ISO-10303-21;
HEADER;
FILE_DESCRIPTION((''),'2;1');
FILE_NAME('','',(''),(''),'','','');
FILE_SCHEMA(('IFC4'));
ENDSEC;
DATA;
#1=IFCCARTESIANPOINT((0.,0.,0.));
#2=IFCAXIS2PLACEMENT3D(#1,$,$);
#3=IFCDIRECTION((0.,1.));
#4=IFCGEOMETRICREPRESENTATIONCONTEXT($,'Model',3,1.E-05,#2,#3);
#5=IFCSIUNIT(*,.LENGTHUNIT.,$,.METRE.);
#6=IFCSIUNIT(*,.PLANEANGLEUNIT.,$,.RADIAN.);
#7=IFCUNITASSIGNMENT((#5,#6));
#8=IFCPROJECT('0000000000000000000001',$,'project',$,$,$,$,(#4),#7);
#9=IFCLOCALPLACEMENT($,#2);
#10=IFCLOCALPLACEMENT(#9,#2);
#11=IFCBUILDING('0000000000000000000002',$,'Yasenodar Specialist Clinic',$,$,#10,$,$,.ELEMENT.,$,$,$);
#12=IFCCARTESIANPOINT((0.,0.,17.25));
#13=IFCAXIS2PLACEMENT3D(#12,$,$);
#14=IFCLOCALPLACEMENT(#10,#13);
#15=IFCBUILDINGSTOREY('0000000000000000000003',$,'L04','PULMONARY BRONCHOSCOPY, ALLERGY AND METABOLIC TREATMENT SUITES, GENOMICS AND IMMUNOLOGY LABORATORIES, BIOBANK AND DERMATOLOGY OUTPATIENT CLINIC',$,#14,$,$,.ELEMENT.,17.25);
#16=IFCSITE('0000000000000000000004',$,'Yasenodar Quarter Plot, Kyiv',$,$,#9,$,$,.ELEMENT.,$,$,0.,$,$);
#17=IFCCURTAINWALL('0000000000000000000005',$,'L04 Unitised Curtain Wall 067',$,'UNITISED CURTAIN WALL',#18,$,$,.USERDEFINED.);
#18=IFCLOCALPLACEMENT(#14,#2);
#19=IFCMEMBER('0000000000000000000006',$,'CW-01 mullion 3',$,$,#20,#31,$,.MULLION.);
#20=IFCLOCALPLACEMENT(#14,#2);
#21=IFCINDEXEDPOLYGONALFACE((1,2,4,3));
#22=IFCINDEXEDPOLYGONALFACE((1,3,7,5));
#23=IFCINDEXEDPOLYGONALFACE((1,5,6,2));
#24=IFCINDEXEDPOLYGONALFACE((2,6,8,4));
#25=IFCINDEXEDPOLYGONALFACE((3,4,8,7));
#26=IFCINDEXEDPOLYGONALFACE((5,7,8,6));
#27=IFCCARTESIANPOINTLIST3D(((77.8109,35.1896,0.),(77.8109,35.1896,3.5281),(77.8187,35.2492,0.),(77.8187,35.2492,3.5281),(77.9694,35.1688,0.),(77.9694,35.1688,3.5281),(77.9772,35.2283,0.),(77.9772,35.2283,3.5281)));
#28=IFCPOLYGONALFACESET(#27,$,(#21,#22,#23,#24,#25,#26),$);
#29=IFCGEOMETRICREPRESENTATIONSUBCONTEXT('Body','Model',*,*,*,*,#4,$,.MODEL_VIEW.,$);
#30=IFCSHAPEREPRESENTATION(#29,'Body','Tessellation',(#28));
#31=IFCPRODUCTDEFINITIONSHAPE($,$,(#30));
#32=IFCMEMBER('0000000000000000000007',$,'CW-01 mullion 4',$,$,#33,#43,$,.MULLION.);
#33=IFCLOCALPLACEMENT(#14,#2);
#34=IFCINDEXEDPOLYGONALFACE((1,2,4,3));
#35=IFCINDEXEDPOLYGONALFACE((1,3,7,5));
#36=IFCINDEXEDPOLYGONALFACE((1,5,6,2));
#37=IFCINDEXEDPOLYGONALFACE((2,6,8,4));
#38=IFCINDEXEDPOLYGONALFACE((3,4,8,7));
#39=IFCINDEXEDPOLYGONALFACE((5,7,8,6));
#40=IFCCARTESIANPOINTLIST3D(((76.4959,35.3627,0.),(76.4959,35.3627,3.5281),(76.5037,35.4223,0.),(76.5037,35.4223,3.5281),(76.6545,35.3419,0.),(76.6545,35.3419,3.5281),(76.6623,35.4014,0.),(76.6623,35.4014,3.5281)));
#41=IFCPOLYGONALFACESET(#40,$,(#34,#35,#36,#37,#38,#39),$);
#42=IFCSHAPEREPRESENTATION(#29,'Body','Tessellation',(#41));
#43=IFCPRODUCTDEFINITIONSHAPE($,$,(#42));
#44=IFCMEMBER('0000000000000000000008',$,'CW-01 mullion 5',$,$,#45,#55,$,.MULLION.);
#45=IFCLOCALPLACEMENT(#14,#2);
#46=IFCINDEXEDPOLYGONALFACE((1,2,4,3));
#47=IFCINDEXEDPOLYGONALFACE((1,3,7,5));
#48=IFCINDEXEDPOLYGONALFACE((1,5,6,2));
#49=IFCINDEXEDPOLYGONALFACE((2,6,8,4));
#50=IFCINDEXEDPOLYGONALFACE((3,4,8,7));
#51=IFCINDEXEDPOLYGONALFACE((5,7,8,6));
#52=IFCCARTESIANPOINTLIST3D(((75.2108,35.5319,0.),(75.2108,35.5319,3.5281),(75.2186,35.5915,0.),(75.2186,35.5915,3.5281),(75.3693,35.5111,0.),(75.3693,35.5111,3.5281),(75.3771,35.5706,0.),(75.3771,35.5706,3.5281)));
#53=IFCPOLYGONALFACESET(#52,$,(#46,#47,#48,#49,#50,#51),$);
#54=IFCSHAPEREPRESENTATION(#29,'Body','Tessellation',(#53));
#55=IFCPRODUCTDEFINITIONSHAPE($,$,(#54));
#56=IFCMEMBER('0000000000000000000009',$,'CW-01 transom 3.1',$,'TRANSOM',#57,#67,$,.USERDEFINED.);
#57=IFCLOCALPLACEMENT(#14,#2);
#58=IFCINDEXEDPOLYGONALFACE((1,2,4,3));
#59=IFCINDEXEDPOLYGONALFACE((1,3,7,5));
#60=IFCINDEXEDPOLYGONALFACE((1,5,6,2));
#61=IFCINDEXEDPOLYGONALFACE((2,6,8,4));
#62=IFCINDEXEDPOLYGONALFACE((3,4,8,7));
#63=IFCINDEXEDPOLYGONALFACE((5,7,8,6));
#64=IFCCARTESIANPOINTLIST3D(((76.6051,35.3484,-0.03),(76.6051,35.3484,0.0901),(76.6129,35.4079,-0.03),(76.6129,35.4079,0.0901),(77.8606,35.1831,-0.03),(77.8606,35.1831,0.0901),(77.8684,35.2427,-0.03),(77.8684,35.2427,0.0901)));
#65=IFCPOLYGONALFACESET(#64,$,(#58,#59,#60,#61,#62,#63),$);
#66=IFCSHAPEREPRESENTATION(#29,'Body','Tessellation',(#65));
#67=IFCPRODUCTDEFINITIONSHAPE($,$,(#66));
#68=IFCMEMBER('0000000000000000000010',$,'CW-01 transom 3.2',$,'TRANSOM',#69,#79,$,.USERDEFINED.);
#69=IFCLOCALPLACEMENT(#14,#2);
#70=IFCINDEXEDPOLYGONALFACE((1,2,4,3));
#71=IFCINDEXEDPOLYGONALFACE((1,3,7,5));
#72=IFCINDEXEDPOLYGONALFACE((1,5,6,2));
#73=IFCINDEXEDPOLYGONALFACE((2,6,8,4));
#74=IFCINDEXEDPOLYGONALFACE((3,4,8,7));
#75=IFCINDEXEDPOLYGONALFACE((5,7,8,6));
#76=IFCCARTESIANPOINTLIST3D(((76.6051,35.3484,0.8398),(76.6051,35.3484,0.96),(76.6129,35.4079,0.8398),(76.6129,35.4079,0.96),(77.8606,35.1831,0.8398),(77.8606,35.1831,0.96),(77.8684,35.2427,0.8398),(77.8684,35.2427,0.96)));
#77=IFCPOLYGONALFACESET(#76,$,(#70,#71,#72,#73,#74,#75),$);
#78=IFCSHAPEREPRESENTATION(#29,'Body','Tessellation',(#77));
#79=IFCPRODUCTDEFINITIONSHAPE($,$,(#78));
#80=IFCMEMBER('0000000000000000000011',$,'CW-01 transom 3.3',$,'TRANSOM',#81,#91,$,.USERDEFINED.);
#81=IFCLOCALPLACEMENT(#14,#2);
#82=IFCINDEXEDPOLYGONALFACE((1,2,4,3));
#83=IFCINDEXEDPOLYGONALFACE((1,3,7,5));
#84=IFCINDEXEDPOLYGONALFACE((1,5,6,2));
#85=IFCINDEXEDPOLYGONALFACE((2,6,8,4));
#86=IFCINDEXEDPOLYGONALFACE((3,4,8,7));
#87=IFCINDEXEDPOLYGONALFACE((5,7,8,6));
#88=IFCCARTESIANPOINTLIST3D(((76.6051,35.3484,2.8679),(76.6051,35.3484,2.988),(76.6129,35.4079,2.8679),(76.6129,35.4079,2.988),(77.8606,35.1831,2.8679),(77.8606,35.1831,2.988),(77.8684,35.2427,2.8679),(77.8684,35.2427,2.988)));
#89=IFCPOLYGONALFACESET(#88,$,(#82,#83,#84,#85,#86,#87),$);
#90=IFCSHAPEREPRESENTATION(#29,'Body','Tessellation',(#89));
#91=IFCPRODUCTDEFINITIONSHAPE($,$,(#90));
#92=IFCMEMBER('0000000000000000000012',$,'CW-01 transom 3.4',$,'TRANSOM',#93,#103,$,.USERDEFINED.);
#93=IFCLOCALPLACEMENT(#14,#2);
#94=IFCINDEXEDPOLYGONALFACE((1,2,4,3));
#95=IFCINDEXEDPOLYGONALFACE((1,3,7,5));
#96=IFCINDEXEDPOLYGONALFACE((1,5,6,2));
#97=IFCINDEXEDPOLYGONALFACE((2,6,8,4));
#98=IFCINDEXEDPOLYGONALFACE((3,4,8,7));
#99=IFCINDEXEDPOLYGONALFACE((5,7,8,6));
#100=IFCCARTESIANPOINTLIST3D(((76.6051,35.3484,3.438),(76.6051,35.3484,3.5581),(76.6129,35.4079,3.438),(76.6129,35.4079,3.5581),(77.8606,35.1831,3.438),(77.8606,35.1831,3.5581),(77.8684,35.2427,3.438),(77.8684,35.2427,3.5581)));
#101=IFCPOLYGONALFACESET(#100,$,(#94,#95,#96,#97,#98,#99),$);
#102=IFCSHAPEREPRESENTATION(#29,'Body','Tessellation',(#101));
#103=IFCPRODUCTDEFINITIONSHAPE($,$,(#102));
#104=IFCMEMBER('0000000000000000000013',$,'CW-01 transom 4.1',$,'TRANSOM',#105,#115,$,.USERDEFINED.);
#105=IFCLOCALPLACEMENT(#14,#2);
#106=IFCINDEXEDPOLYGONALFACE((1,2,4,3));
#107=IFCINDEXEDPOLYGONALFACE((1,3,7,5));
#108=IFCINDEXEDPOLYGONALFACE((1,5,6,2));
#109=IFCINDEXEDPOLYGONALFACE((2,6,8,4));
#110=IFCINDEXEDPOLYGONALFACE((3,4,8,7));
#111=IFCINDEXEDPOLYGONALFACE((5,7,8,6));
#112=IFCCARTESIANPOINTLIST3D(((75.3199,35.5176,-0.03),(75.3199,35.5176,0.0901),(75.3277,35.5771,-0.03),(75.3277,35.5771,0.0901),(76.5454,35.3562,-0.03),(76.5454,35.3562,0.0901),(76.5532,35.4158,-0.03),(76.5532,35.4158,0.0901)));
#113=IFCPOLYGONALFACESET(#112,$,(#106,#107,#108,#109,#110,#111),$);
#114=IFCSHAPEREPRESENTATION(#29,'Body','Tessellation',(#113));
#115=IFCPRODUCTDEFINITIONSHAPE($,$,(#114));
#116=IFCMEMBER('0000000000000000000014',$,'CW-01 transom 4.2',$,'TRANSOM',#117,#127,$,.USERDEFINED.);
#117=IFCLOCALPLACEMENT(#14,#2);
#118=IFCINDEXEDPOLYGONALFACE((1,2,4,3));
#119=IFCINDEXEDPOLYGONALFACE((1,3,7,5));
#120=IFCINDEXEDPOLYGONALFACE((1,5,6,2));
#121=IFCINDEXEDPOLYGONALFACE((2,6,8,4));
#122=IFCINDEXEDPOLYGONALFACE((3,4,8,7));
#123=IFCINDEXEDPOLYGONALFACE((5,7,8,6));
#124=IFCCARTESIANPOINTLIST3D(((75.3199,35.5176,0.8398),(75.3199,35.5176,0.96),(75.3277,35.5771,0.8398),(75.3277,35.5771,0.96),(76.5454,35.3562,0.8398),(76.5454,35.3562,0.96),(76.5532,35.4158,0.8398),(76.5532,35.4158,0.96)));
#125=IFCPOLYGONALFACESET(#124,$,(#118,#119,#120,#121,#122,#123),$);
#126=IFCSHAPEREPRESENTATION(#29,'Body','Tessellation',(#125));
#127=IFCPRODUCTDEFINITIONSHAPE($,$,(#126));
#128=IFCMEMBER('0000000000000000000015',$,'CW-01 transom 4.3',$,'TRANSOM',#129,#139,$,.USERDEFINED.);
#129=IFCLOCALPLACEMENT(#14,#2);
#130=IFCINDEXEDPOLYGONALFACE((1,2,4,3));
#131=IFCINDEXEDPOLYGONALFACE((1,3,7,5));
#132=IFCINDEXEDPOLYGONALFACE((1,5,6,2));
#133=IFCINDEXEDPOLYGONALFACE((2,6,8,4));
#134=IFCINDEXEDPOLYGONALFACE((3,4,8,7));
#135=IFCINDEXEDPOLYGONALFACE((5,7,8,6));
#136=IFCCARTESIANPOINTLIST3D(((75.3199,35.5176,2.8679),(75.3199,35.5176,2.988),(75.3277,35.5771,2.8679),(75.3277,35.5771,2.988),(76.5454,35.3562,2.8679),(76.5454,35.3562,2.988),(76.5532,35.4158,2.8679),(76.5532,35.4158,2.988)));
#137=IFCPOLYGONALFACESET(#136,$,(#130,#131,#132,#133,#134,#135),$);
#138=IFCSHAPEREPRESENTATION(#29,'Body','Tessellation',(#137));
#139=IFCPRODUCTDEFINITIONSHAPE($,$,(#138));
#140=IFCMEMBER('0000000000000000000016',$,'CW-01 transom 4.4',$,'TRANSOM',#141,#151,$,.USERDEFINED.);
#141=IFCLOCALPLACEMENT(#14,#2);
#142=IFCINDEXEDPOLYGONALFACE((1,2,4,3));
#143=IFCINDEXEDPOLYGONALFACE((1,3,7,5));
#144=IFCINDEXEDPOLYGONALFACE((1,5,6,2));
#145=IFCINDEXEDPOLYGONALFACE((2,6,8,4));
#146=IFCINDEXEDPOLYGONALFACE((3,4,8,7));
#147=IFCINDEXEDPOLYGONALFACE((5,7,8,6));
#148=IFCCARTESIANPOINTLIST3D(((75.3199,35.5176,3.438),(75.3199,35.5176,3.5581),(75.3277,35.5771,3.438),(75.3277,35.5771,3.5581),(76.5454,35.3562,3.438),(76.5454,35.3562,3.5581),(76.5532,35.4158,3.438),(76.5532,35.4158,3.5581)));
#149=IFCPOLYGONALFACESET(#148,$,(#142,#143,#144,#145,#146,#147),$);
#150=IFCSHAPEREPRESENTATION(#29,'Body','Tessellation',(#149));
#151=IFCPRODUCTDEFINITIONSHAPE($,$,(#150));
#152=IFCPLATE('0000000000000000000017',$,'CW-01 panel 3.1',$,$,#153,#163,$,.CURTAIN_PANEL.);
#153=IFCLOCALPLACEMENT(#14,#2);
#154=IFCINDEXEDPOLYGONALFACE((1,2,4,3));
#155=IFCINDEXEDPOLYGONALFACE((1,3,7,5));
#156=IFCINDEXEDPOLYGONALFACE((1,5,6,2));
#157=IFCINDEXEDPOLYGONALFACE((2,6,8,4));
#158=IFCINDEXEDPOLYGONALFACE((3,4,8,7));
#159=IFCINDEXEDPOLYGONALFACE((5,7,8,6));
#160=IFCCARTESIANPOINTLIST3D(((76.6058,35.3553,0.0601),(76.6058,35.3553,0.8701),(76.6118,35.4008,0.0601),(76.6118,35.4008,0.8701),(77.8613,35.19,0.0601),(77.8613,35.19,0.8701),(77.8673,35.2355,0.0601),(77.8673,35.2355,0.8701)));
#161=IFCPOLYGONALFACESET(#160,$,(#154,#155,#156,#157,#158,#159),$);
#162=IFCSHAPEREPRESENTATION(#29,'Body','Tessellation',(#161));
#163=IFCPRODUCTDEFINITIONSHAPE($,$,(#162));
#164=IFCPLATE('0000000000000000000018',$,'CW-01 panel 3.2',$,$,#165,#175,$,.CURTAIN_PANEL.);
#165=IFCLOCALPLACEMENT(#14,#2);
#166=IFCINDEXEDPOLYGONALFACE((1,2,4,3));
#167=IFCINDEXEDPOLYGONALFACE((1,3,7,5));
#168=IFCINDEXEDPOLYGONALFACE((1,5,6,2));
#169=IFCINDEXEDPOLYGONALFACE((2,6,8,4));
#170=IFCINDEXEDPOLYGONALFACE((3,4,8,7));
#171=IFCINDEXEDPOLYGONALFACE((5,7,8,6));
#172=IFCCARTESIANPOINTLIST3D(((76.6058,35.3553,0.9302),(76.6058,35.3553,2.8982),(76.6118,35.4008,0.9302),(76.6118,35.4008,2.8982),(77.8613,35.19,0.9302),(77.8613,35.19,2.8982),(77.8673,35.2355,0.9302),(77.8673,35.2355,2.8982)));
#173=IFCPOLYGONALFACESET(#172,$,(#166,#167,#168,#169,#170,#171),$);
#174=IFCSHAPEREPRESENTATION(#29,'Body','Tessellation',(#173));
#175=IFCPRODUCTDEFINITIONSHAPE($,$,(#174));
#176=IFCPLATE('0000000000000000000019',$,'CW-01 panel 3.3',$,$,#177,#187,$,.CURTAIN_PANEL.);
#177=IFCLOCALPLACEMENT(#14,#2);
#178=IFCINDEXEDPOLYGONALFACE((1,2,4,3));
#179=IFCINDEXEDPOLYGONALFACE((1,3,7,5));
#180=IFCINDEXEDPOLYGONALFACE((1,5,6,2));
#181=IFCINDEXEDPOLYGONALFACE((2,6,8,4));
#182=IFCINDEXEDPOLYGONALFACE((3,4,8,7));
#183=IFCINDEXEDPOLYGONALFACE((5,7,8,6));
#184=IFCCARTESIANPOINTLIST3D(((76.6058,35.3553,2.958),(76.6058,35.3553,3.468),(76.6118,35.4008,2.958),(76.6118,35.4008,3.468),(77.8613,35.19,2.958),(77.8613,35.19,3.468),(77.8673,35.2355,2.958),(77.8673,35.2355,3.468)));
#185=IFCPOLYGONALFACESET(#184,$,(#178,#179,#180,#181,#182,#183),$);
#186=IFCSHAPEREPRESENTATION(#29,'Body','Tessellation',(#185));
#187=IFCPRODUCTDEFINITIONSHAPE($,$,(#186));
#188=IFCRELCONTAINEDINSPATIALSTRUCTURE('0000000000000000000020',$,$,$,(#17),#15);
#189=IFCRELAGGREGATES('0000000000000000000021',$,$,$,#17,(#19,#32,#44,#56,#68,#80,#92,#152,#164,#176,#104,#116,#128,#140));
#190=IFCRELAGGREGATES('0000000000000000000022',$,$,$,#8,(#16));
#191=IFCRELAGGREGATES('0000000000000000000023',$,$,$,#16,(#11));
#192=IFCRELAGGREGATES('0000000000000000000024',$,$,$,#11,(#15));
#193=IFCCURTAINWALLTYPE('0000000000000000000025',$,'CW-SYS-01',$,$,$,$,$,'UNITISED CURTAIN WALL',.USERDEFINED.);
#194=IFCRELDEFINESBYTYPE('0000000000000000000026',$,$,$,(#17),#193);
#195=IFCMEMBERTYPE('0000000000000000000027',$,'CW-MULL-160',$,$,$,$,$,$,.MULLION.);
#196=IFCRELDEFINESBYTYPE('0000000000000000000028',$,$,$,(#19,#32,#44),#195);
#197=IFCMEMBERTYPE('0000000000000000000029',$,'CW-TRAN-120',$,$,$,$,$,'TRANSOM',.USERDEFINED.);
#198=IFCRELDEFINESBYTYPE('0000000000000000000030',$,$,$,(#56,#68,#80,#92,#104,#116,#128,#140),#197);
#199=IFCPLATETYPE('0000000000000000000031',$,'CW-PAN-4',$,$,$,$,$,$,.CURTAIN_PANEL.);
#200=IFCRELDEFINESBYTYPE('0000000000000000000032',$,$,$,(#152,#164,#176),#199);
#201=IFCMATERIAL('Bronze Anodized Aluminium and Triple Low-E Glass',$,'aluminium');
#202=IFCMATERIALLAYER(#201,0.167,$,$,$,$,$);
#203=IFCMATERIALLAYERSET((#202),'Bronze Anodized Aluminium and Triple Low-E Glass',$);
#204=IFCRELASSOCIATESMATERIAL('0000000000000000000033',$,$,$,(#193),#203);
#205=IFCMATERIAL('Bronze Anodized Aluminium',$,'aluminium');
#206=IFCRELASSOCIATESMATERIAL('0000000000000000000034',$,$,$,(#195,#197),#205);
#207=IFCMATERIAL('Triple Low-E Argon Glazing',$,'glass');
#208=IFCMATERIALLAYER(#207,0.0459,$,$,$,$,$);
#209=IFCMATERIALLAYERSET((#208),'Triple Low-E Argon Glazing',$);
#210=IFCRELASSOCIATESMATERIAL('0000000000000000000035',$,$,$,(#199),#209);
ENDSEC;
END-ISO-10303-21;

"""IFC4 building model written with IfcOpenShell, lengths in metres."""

from ifc_helpers import new_model, si_unit, direction, frame, origin, origin_2d, place, context, subcontext, project, spatial, rectangle, extrude, material, layer, layer_set, material_profile, profile_set, type_object, element, aggregate, save


model = new_model("IFC4")

# Units and contexts
model_context = context("Model", 3, precision=1e-05, world=origin(), true_north=direction((0.0, 1.0)))
body_context = subcontext(model_context, "Body", "Model", "MODEL_VIEW")
ifc_project = project(units=[si_unit("LENGTHUNIT", "METRE"), si_unit("PLANEANGLEUNIT", "RADIAN")], contexts=[model_context])

# Site, building, storey
site_placement = place(None, origin())
site = spatial("IfcSite", under=ifc_project, at=site_placement, Name="Yasenodar Quarter Plot, Kyiv", CompositionType="ELEMENT", RefElevation=0.0)
building_placement = place(site_placement, origin())
building = spatial("IfcBuilding", under=site, at=building_placement, Name="Yasenodar Specialist Clinic", CompositionType="ELEMENT")
storey_placement = place(building_placement, frame((0.0, 0.0, 17.25)))
storey = spatial("IfcBuildingStorey", under=building, at=storey_placement, Name="L04", Description="PULMONARY BRONCHOSCOPY, ALLERGY AND METABOLIC TREATMENT SUITES, GENOMICS AND IMMUNOLOGY LABORATORIES, BIOBANK AND DERMATOLOGY OUTPATIENT CLINIC", CompositionType="ELEMENT", Elevation=17.25)

# Curtain wall, members, plates
ifc_material_1 = material(Name="Bronze Anodized Aluminium and Triple Low-E Glass", Category="aluminium")
ifc_layer_1 = layer(ifc_material_1, 0.167)
ifc_layer_set_1 = layer_set([ifc_layer_1], Name="Bronze Anodized Aluminium and Triple Low-E Glass")
curtain_wall_type = type_object("IfcCurtainWallType", Name="CW-SYS-01", ElementType="UNITISED CURTAIN WALL", PredefinedType="USERDEFINED", material=ifc_layer_set_1)
curtain_wall_placement = place(storey_placement, origin())
curtain_wall = element("IfcCurtainWall", 1, at=curtain_wall_placement, inside=storey, type_object=curtain_wall_type, Name="L04 Unitised Curtain Wall 067", ObjectType="UNITISED CURTAIN WALL", PredefinedType="USERDEFINED")
ifc_material_2 = material(Name="Bronze Anodized Aluminium", Category="aluminium")
ifc_material_profile_1 = material_profile(ifc_material_2, rectangle(XDim=0.0601, YDim=0.1599, at=origin_2d()), Name="CW-MULL 60x160")
ifc_profile_set_1 = profile_set([ifc_material_profile_1], Name="Bronze Anodized Aluminium")
member_type_1 = type_object("IfcMemberType", Name="CW-MULL-160", PredefinedType="MULLION", material=ifc_profile_set_1)
member_1_placement = place(storey_placement, frame((77.894, 35.209, 0.0), z_axis=(0.0, 0.0, 1.0), x_axis=(-0.130512, -0.991447, 0.0)))
member_1 = element("IfcMember", 2, at=member_1_placement, type_object=member_type_1, Name="CW-01 mullion 3", PredefinedType="MULLION", context=body_context, shape_type="SweptSolid", body=[
    extrude(rectangle(XDim=0.0601, YDim=0.1599, at=origin_2d()), origin(), (0.0, 0.0, 1.0), 3.5281),
])
member_2_placement = place(storey_placement, frame((76.5791, 35.3821, 0.0), z_axis=(0.0, 0.0, 1.0), x_axis=(-0.130512, -0.991447, 0.0)))
member_2 = element("IfcMember", 3, at=member_2_placement, type_object=member_type_1, Name="CW-01 mullion 4", PredefinedType="MULLION", context=body_context, shape_type="SweptSolid", body=[
    extrude(rectangle(XDim=0.0601, YDim=0.1599, at=origin_2d()), origin(), (0.0, 0.0, 1.0), 3.5281),
])
member_3_placement = place(storey_placement, frame((75.2939, 35.5513, 0.0), z_axis=(0.0, 0.0, 1.0), x_axis=(-0.130512, -0.991447, 0.0)))
member_3 = element("IfcMember", 4, at=member_3_placement, type_object=member_type_1, Name="CW-01 mullion 5", PredefinedType="MULLION", context=body_context, shape_type="SweptSolid", body=[
    extrude(rectangle(XDim=0.0601, YDim=0.1599, at=origin_2d()), origin(), (0.0, 0.0, 1.0), 3.5281),
])
ifc_material_profile_2 = material_profile(ifc_material_2, rectangle(XDim=0.0601, YDim=0.1201, at=origin_2d()), Name="CW-TRAN 60x120")
ifc_profile_set_2 = profile_set([ifc_material_profile_2], Name="Bronze Anodized Aluminium")
member_type_2 = type_object("IfcMemberType", Name="CW-TRAN-120", ElementType="TRANSOM", PredefinedType="USERDEFINED", material=ifc_profile_set_2)
member_4_placement = place(storey_placement, frame((77.8645, 35.2129, 0.03), z_axis=(-0.991447, 0.130509, 0.0), x_axis=(-0.130509, -0.991447, 0.0)))
member_4 = element("IfcMember", 5, at=member_4_placement, type_object=member_type_2, Name="CW-01 transom 3.1", ObjectType="TRANSOM", PredefinedType="USERDEFINED", context=body_context, shape_type="SweptSolid", body=[
    extrude(rectangle(XDim=0.0601, YDim=0.1201, at=origin_2d()), origin(), (0.0, 0.0, 1.0), 1.2664),
])
member_5_placement = place(storey_placement, frame((77.8645, 35.2129, 0.8999), z_axis=(-0.991447, 0.130509, 0.0), x_axis=(-0.130509, -0.991447, 0.0)))
member_5 = element("IfcMember", 6, at=member_5_placement, type_object=member_type_2, Name="CW-01 transom 3.2", ObjectType="TRANSOM", PredefinedType="USERDEFINED", context=body_context, shape_type="SweptSolid", body=[
    extrude(rectangle(XDim=0.0601, YDim=0.1201, at=origin_2d()), origin(), (0.0, 0.0, 1.0), 1.2664),
])
member_6_placement = place(storey_placement, frame((77.8645, 35.2129, 2.928), z_axis=(-0.991447, 0.130509, 0.0), x_axis=(-0.130509, -0.991447, 0.0)))
member_6 = element("IfcMember", 7, at=member_6_placement, type_object=member_type_2, Name="CW-01 transom 3.3", ObjectType="TRANSOM", PredefinedType="USERDEFINED", context=body_context, shape_type="SweptSolid", body=[
    extrude(rectangle(XDim=0.0601, YDim=0.1201, at=origin_2d()), origin(), (0.0, 0.0, 1.0), 1.2664),
])
member_7_placement = place(storey_placement, frame((77.8645, 35.2129, 3.498), z_axis=(-0.991447, 0.130509, 0.0), x_axis=(-0.130509, -0.991447, 0.0)))
member_7 = element("IfcMember", 8, at=member_7_placement, type_object=member_type_2, Name="CW-01 transom 3.4", ObjectType="TRANSOM", PredefinedType="USERDEFINED", context=body_context, shape_type="SweptSolid", body=[
    extrude(rectangle(XDim=0.0601, YDim=0.1201, at=origin_2d()), origin(), (0.0, 0.0, 1.0), 1.2664),
])
member_8_placement = place(storey_placement, frame((76.5493, 35.386, 0.03), z_axis=(-0.991442, 0.130546, 0.0), x_axis=(-0.130546, -0.991442, 0.0)))
member_8 = element("IfcMember", 9, at=member_8_placement, type_object=member_type_2, Name="CW-01 transom 4.1", ObjectType="TRANSOM", PredefinedType="USERDEFINED", context=body_context, shape_type="SweptSolid", body=[
    extrude(rectangle(XDim=0.0601, YDim=0.1201, at=origin_2d()), origin(), (0.0, 0.0, 1.0), 1.2361),
])
member_9_placement = place(storey_placement, frame((76.5493, 35.386, 0.8999), z_axis=(-0.991442, 0.130546, 0.0), x_axis=(-0.130546, -0.991442, 0.0)))
member_9 = element("IfcMember", 10, at=member_9_placement, type_object=member_type_2, Name="CW-01 transom 4.2", ObjectType="TRANSOM", PredefinedType="USERDEFINED", context=body_context, shape_type="SweptSolid", body=[
    extrude(rectangle(XDim=0.0601, YDim=0.1201, at=origin_2d()), origin(), (0.0, 0.0, 1.0), 1.2361),
])
member_10_placement = place(storey_placement, frame((76.5493, 35.386, 2.928), z_axis=(-0.991442, 0.130546, 0.0), x_axis=(-0.130546, -0.991442, 0.0)))
member_10 = element("IfcMember", 11, at=member_10_placement, type_object=member_type_2, Name="CW-01 transom 4.3", ObjectType="TRANSOM", PredefinedType="USERDEFINED", context=body_context, shape_type="SweptSolid", body=[
    extrude(rectangle(XDim=0.0601, YDim=0.1201, at=origin_2d()), origin(), (0.0, 0.0, 1.0), 1.2361),
])
member_11_placement = place(storey_placement, frame((76.5493, 35.386, 3.498), z_axis=(-0.991442, 0.130546, 0.0), x_axis=(-0.130546, -0.991442, 0.0)))
member_11 = element("IfcMember", 12, at=member_11_placement, type_object=member_type_2, Name="CW-01 transom 4.4", ObjectType="TRANSOM", PredefinedType="USERDEFINED", context=body_context, shape_type="SweptSolid", body=[
    extrude(rectangle(XDim=0.0601, YDim=0.1201, at=origin_2d()), origin(), (0.0, 0.0, 1.0), 1.2361),
])
ifc_material_3 = material(Name="Triple Low-E Argon Glazing", Category="glass")
ifc_layer_2 = layer(ifc_material_3, 0.0459)
ifc_layer_set_2 = layer_set([ifc_layer_2], Name="Triple Low-E Argon Glazing")
plate_type_1 = type_object("IfcPlateType", Name="CW-PAN-4", PredefinedType="CURTAIN_PANEL", material=ifc_layer_set_2)
plate_1_placement = place(storey_placement, frame((77.2366, 35.2954, 0.0601), z_axis=(0.0, 0.0, 1.0), x_axis=(-0.991447, 0.130512, 0.0)))
plate_1 = element("IfcPlate", 13, at=plate_1_placement, type_object=plate_type_1, Name="CW-01 panel 3.1", PredefinedType="CURTAIN_PANEL", context=body_context, shape_type="SweptSolid", body=[
    extrude(rectangle(XDim=1.2664, YDim=0.0459, at=origin_2d()), origin(), (0.0, 0.0, 1.0), 0.8101),
])
plate_2_placement = place(storey_placement, frame((77.2366, 35.2954, 0.9302), z_axis=(0.0, 0.0, 1.0), x_axis=(-0.991447, 0.130512, 0.0)))
plate_2 = element("IfcPlate", 14, at=plate_2_placement, type_object=plate_type_1, Name="CW-01 panel 3.2", PredefinedType="CURTAIN_PANEL", context=body_context, shape_type="SweptSolid", body=[
    extrude(rectangle(XDim=1.2664, YDim=0.0459, at=origin_2d()), origin(), (0.0, 0.0, 1.0), 1.968),
])
plate_3_placement = place(storey_placement, frame((77.2366, 35.2954, 2.958), z_axis=(0.0, 0.0, 1.0), x_axis=(-0.991447, 0.130512, 0.0)))
plate_3 = element("IfcPlate", 15, at=plate_3_placement, type_object=plate_type_1, Name="CW-01 panel 3.3", PredefinedType="CURTAIN_PANEL", context=body_context, shape_type="SweptSolid", body=[
    extrude(rectangle(XDim=1.2664, YDim=0.0459, at=origin_2d()), origin(), (0.0, 0.0, 1.0), 0.51),
])
aggregate(curtain_wall, [member_1, member_2, member_3, member_4, member_5, member_6, member_7, plate_1, plate_2, plate_3, member_8, member_9, member_10, member_11])

save(model, "model.ifc")
